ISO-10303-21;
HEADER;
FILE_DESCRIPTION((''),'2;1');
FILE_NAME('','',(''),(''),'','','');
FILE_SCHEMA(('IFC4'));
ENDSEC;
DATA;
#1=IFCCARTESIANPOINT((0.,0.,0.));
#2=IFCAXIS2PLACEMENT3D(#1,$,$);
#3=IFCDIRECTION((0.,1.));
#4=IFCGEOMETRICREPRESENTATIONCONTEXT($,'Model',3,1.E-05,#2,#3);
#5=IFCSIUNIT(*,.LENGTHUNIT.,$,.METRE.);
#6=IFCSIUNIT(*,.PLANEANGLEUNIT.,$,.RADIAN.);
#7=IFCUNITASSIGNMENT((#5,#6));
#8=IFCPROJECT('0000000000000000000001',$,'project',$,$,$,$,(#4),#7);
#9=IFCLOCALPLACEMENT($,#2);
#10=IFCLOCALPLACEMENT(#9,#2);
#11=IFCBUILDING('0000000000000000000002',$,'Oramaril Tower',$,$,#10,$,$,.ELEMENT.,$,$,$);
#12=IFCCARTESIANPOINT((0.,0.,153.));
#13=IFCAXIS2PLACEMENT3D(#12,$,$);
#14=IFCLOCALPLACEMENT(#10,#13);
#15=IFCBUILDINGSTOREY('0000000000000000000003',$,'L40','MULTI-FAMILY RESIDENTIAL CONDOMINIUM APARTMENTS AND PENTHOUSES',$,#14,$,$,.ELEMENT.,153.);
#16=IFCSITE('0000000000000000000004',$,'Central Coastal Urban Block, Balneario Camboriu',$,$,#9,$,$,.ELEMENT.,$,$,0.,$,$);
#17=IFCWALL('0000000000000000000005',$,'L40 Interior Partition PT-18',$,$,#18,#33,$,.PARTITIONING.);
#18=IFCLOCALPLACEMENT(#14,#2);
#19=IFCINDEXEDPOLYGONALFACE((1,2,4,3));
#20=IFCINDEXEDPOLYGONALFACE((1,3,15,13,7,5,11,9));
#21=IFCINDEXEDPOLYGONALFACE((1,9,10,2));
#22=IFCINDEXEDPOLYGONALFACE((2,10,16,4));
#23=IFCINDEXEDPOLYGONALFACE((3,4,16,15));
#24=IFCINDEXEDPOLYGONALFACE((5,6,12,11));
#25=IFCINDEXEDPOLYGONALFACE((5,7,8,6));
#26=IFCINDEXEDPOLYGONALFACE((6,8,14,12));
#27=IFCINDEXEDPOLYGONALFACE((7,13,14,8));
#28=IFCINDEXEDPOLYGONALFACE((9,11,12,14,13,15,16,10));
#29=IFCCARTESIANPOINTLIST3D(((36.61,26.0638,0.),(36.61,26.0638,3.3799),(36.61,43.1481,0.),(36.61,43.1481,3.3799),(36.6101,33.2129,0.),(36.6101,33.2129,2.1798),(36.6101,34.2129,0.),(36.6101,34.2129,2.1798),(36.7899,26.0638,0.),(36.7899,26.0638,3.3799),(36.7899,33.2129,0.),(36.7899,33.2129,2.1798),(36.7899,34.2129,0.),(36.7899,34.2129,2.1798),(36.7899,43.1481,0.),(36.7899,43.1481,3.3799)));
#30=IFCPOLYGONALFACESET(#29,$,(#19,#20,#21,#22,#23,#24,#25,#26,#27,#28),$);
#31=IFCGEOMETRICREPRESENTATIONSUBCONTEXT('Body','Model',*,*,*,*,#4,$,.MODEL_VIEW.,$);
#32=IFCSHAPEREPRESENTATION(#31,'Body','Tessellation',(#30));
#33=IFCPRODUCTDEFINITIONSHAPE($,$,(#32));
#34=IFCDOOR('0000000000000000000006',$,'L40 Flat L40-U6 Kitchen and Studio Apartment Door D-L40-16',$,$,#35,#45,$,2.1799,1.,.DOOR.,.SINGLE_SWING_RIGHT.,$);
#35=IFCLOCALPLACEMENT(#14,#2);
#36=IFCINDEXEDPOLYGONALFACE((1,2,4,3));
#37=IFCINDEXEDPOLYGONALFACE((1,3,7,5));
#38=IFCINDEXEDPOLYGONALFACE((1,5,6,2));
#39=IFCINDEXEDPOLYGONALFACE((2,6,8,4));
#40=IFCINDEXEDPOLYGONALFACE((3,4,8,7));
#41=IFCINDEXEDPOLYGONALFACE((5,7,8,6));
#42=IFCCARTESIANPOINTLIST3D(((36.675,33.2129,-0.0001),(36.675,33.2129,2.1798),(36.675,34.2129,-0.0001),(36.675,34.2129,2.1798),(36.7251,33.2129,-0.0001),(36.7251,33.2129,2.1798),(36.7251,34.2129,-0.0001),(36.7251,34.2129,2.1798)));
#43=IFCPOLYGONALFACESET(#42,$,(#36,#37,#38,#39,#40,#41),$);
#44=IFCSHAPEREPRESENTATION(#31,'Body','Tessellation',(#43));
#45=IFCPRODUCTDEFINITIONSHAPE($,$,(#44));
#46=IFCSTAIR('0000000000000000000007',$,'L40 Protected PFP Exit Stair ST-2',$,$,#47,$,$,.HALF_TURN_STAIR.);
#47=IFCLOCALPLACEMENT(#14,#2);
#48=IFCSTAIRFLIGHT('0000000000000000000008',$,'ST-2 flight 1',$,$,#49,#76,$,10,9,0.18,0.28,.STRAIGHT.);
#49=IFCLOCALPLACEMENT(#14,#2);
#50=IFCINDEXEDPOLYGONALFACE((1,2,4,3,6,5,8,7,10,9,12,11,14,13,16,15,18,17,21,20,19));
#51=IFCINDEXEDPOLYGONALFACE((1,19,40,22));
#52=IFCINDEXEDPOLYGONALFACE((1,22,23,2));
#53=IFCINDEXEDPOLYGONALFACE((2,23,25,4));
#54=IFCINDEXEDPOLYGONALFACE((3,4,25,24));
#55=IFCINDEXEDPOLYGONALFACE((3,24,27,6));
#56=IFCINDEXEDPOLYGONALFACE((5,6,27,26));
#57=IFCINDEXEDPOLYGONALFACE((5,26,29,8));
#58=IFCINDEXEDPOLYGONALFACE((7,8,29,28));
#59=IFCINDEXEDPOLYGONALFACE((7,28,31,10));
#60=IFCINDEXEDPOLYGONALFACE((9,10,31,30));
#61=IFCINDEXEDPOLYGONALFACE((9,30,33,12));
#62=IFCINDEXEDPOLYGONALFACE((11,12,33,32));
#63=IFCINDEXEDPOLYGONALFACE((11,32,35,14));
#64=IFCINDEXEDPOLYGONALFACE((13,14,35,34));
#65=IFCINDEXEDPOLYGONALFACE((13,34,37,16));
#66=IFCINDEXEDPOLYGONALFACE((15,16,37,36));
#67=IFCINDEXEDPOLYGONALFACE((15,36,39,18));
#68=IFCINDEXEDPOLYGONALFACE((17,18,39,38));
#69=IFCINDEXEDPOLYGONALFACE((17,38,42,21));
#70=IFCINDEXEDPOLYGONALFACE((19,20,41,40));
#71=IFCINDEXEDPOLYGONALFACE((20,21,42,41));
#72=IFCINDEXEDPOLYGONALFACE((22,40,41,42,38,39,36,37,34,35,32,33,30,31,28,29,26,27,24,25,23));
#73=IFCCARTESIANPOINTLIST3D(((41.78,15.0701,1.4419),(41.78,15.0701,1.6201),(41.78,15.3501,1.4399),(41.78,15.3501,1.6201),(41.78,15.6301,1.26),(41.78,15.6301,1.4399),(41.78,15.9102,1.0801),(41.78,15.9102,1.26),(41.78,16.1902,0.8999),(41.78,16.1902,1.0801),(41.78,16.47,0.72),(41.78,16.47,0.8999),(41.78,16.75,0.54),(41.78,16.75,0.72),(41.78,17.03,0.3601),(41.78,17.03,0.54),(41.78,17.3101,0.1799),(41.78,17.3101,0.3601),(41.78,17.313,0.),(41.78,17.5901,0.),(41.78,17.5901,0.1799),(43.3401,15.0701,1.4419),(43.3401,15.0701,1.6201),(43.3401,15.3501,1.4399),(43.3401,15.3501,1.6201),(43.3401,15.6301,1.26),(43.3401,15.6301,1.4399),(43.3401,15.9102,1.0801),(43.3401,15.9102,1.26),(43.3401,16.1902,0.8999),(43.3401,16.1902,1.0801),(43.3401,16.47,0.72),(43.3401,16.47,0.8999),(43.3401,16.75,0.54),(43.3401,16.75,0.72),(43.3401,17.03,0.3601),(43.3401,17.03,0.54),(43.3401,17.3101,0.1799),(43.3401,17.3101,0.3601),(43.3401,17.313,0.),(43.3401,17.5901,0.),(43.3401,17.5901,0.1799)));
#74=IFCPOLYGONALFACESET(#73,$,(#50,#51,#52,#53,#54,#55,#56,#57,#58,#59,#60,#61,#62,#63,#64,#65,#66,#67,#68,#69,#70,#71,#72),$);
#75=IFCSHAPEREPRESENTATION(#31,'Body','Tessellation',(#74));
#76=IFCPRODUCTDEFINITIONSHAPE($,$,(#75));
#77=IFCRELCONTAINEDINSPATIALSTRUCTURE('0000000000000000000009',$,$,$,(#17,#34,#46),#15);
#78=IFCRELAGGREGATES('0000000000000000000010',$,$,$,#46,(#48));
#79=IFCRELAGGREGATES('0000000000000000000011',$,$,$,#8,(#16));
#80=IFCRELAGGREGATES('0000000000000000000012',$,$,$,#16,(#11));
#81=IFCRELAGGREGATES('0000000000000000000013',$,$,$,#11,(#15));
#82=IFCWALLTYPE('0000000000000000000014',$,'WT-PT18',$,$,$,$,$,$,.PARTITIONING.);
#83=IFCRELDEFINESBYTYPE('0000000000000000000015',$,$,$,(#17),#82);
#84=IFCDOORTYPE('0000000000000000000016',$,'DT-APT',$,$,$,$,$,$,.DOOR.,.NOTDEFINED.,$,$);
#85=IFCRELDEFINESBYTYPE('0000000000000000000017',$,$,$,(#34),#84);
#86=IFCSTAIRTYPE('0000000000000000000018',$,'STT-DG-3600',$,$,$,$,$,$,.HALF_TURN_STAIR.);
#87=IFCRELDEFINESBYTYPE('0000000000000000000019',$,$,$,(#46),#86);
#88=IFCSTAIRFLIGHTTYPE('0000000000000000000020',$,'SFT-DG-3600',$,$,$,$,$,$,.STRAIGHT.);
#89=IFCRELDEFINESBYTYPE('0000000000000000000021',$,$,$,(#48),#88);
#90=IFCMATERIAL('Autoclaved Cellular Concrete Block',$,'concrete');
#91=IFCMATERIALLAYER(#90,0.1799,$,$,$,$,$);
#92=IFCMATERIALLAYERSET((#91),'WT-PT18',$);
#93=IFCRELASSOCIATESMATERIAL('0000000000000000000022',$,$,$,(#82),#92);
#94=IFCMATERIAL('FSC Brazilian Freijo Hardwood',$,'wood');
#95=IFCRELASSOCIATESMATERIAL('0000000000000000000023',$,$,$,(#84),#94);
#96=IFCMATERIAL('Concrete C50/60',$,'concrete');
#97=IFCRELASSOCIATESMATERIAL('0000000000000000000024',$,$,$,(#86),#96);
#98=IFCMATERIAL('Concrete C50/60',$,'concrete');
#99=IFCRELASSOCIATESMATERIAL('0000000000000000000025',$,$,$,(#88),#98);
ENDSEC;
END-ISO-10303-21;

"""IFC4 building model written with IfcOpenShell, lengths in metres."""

from ifc_helpers import new_model, si_unit, direction, frame, frame_2d, origin, place, context, subcontext, project, spatial, polyline, rectangle, outline, extrude, material, layer, layer_set, type_object, element, fill, aggregate, save


model = new_model("IFC4")

# Units and contexts
model_context = context("Model", 3, precision=1e-05, world=origin(), true_north=direction((0.0, 1.0)))
body_context = subcontext(model_context, "Body", "Model", "MODEL_VIEW")
ifc_project = project(units=[si_unit("LENGTHUNIT", "METRE"), si_unit("PLANEANGLEUNIT", "RADIAN")], contexts=[model_context])

# Site, building, storey
site_placement = place(None, origin())
site = spatial("IfcSite", under=ifc_project, at=site_placement, Name="Central Coastal Urban Block, Balneario Camboriu", CompositionType="ELEMENT", RefElevation=0.0)
building_placement = place(site_placement, origin())
building = spatial("IfcBuilding", under=site, at=building_placement, Name="Oramaril Tower", CompositionType="ELEMENT")
storey_placement = place(building_placement, frame((0.0, 0.0, 153.0)))
storey = spatial("IfcBuildingStorey", under=building, at=storey_placement, Name="L40", Description="MULTI-FAMILY RESIDENTIAL CONDOMINIUM APARTMENTS AND PENTHOUSES", CompositionType="ELEMENT", Elevation=153.0)

# Shared definitions
ifc_material_1 = material(Name="Autoclaved Cellular Concrete Block", Category="concrete")
ifc_layer_1 = layer(ifc_material_1, 0.1799)
ifc_layer_set_1 = layer_set([ifc_layer_1], Name="WT-PT18")
wall_type_1 = type_object("IfcWallType", Name="WT-PT18", PredefinedType="PARTITIONING", material=ifc_layer_set_1)

# Wall, opening, door
ifc_material_2 = material(Name="FSC Brazilian Freijo Hardwood", Category="wood")
door_type_1 = type_object("IfcDoorType", Name="DT-APT", OperationType="NOTDEFINED", PredefinedType="DOOR", material=ifc_material_2)
wall_1_placement = place(storey_placement, frame((36.7, 26.064, 0.0), z_axis=(0.0, 0.0, 1.0), x_axis=(0.0, 1.0, 0.0)))
wall_1 = element("IfcWall", 1, at=wall_1_placement, inside=storey, type_object=wall_type_1, Name="L40 Interior Partition PT-18", PredefinedType="PARTITIONING", context=body_context, shape_type="SweptSolid", body=[
    extrude(rectangle(XDim=17.0842, YDim=0.1799, at=frame_2d((8.542, 0.0))), origin(), (0.0, 0.0, 1.0), 3.3799),
])
opening_1_placement = place(wall_1_placement, frame((7.1489, 0.0, 0.0)))
opening_1 = element("IfcOpeningElement", 2, at=opening_1_placement, cuts=wall_1, PredefinedType="OPENING", context=body_context, shape_type="SweptSolid", body=[
    extrude(rectangle(XDim=1.0, YDim=2.1799, at=frame_2d((0.5, 1.0898))), frame((0.0, 0.0898, 0.0), z_axis=(0.0, -1.0, 0.0), x_axis=(1.0, 0.0, 0.0)), (0.0, 0.0, 1.0), 0.1799),
])
door_1_placement = place(opening_1_placement, origin())
door_1 = element("IfcDoor", 3, at=door_1_placement, inside=storey, type_object=door_type_1, Name="L40 Flat L40-U6 Kitchen and Studio Apartment Door D-L40-16", OperationType="SINGLE_SWING_RIGHT", OverallHeight=2.1799, OverallWidth=1.0, PredefinedType="DOOR", context=body_context, shape_type="SweptSolid", body=[
    extrude(rectangle(XDim=1.0, YDim=2.1799, at=frame_2d((0.5, 1.0898))), frame((0.0, 0.0249, 0.0), z_axis=(0.0, -1.0, 0.0), x_axis=(1.0, 0.0, 0.0)), (0.0, 0.0, 1.0), 0.05),
])
fill(opening_1, door_1)

# Stair, stair flight
ifc_material_3 = material(Name="Concrete C50/60", Category="concrete")
stair_type = type_object("IfcStairType", Name="STT-DG-3600", PredefinedType="HALF_TURN_STAIR", material=ifc_material_3)
stair_placement = place(storey_placement, origin())
stair = element("IfcStair", 4, at=stair_placement, inside=storey, type_object=stair_type, Name="L40 Protected PFP Exit Stair ST-2", PredefinedType="HALF_TURN_STAIR")
ifc_material_4 = material(Name="Concrete C50/60", Category="concrete")
stair_flight_type = type_object("IfcStairFlightType", Name="SFT-DG-3600", PredefinedType="STRAIGHT", material=ifc_material_4)
stair_flight_placement = place(storey_placement, frame((42.5601, 17.5901, 0.0), z_axis=(0.0, 0.0, 1.0), x_axis=(0.0, -1.0, 0.0)))
stair_flight = element("IfcStairFlight", 5, at=stair_flight_placement, type_object=stair_flight_type, Name="ST-2 flight 1", NumberOfRisers=10, NumberOfTreads=9, PredefinedType="STRAIGHT", RiserHeight=0.18, TreadLength=0.28, context=body_context, shape_type="SweptSolid", body=[
    extrude(outline(polyline([(0.0, 0.0), (0.0, 0.1799), (0.28, 0.1799), (0.28, 0.3601), (0.5601, 0.3601), (0.5601, 0.54), (0.8401, 0.54), (0.8401, 0.72), (1.1201, 0.72), (1.1201, 0.8999), (1.3999, 0.8999), (1.3999, 1.0801), (1.6799, 1.0801), (1.6799, 1.26), (1.96, 1.26), (1.96, 1.4399), (2.24, 1.4399), (2.24, 1.6201), (2.52, 1.6201), (2.52, 1.8), (2.52, 1.4419), (0.2771, 0.0), (0.0, 0.0)])), frame((0.0, 0.78, 0.0), z_axis=(0.0, -1.0, 0.0), x_axis=(1.0, 0.0, 0.0)), (0.0, 0.0, 1.0), 1.5601),
])
aggregate(stair, [stair_flight])

save(model, "model.ifc")
